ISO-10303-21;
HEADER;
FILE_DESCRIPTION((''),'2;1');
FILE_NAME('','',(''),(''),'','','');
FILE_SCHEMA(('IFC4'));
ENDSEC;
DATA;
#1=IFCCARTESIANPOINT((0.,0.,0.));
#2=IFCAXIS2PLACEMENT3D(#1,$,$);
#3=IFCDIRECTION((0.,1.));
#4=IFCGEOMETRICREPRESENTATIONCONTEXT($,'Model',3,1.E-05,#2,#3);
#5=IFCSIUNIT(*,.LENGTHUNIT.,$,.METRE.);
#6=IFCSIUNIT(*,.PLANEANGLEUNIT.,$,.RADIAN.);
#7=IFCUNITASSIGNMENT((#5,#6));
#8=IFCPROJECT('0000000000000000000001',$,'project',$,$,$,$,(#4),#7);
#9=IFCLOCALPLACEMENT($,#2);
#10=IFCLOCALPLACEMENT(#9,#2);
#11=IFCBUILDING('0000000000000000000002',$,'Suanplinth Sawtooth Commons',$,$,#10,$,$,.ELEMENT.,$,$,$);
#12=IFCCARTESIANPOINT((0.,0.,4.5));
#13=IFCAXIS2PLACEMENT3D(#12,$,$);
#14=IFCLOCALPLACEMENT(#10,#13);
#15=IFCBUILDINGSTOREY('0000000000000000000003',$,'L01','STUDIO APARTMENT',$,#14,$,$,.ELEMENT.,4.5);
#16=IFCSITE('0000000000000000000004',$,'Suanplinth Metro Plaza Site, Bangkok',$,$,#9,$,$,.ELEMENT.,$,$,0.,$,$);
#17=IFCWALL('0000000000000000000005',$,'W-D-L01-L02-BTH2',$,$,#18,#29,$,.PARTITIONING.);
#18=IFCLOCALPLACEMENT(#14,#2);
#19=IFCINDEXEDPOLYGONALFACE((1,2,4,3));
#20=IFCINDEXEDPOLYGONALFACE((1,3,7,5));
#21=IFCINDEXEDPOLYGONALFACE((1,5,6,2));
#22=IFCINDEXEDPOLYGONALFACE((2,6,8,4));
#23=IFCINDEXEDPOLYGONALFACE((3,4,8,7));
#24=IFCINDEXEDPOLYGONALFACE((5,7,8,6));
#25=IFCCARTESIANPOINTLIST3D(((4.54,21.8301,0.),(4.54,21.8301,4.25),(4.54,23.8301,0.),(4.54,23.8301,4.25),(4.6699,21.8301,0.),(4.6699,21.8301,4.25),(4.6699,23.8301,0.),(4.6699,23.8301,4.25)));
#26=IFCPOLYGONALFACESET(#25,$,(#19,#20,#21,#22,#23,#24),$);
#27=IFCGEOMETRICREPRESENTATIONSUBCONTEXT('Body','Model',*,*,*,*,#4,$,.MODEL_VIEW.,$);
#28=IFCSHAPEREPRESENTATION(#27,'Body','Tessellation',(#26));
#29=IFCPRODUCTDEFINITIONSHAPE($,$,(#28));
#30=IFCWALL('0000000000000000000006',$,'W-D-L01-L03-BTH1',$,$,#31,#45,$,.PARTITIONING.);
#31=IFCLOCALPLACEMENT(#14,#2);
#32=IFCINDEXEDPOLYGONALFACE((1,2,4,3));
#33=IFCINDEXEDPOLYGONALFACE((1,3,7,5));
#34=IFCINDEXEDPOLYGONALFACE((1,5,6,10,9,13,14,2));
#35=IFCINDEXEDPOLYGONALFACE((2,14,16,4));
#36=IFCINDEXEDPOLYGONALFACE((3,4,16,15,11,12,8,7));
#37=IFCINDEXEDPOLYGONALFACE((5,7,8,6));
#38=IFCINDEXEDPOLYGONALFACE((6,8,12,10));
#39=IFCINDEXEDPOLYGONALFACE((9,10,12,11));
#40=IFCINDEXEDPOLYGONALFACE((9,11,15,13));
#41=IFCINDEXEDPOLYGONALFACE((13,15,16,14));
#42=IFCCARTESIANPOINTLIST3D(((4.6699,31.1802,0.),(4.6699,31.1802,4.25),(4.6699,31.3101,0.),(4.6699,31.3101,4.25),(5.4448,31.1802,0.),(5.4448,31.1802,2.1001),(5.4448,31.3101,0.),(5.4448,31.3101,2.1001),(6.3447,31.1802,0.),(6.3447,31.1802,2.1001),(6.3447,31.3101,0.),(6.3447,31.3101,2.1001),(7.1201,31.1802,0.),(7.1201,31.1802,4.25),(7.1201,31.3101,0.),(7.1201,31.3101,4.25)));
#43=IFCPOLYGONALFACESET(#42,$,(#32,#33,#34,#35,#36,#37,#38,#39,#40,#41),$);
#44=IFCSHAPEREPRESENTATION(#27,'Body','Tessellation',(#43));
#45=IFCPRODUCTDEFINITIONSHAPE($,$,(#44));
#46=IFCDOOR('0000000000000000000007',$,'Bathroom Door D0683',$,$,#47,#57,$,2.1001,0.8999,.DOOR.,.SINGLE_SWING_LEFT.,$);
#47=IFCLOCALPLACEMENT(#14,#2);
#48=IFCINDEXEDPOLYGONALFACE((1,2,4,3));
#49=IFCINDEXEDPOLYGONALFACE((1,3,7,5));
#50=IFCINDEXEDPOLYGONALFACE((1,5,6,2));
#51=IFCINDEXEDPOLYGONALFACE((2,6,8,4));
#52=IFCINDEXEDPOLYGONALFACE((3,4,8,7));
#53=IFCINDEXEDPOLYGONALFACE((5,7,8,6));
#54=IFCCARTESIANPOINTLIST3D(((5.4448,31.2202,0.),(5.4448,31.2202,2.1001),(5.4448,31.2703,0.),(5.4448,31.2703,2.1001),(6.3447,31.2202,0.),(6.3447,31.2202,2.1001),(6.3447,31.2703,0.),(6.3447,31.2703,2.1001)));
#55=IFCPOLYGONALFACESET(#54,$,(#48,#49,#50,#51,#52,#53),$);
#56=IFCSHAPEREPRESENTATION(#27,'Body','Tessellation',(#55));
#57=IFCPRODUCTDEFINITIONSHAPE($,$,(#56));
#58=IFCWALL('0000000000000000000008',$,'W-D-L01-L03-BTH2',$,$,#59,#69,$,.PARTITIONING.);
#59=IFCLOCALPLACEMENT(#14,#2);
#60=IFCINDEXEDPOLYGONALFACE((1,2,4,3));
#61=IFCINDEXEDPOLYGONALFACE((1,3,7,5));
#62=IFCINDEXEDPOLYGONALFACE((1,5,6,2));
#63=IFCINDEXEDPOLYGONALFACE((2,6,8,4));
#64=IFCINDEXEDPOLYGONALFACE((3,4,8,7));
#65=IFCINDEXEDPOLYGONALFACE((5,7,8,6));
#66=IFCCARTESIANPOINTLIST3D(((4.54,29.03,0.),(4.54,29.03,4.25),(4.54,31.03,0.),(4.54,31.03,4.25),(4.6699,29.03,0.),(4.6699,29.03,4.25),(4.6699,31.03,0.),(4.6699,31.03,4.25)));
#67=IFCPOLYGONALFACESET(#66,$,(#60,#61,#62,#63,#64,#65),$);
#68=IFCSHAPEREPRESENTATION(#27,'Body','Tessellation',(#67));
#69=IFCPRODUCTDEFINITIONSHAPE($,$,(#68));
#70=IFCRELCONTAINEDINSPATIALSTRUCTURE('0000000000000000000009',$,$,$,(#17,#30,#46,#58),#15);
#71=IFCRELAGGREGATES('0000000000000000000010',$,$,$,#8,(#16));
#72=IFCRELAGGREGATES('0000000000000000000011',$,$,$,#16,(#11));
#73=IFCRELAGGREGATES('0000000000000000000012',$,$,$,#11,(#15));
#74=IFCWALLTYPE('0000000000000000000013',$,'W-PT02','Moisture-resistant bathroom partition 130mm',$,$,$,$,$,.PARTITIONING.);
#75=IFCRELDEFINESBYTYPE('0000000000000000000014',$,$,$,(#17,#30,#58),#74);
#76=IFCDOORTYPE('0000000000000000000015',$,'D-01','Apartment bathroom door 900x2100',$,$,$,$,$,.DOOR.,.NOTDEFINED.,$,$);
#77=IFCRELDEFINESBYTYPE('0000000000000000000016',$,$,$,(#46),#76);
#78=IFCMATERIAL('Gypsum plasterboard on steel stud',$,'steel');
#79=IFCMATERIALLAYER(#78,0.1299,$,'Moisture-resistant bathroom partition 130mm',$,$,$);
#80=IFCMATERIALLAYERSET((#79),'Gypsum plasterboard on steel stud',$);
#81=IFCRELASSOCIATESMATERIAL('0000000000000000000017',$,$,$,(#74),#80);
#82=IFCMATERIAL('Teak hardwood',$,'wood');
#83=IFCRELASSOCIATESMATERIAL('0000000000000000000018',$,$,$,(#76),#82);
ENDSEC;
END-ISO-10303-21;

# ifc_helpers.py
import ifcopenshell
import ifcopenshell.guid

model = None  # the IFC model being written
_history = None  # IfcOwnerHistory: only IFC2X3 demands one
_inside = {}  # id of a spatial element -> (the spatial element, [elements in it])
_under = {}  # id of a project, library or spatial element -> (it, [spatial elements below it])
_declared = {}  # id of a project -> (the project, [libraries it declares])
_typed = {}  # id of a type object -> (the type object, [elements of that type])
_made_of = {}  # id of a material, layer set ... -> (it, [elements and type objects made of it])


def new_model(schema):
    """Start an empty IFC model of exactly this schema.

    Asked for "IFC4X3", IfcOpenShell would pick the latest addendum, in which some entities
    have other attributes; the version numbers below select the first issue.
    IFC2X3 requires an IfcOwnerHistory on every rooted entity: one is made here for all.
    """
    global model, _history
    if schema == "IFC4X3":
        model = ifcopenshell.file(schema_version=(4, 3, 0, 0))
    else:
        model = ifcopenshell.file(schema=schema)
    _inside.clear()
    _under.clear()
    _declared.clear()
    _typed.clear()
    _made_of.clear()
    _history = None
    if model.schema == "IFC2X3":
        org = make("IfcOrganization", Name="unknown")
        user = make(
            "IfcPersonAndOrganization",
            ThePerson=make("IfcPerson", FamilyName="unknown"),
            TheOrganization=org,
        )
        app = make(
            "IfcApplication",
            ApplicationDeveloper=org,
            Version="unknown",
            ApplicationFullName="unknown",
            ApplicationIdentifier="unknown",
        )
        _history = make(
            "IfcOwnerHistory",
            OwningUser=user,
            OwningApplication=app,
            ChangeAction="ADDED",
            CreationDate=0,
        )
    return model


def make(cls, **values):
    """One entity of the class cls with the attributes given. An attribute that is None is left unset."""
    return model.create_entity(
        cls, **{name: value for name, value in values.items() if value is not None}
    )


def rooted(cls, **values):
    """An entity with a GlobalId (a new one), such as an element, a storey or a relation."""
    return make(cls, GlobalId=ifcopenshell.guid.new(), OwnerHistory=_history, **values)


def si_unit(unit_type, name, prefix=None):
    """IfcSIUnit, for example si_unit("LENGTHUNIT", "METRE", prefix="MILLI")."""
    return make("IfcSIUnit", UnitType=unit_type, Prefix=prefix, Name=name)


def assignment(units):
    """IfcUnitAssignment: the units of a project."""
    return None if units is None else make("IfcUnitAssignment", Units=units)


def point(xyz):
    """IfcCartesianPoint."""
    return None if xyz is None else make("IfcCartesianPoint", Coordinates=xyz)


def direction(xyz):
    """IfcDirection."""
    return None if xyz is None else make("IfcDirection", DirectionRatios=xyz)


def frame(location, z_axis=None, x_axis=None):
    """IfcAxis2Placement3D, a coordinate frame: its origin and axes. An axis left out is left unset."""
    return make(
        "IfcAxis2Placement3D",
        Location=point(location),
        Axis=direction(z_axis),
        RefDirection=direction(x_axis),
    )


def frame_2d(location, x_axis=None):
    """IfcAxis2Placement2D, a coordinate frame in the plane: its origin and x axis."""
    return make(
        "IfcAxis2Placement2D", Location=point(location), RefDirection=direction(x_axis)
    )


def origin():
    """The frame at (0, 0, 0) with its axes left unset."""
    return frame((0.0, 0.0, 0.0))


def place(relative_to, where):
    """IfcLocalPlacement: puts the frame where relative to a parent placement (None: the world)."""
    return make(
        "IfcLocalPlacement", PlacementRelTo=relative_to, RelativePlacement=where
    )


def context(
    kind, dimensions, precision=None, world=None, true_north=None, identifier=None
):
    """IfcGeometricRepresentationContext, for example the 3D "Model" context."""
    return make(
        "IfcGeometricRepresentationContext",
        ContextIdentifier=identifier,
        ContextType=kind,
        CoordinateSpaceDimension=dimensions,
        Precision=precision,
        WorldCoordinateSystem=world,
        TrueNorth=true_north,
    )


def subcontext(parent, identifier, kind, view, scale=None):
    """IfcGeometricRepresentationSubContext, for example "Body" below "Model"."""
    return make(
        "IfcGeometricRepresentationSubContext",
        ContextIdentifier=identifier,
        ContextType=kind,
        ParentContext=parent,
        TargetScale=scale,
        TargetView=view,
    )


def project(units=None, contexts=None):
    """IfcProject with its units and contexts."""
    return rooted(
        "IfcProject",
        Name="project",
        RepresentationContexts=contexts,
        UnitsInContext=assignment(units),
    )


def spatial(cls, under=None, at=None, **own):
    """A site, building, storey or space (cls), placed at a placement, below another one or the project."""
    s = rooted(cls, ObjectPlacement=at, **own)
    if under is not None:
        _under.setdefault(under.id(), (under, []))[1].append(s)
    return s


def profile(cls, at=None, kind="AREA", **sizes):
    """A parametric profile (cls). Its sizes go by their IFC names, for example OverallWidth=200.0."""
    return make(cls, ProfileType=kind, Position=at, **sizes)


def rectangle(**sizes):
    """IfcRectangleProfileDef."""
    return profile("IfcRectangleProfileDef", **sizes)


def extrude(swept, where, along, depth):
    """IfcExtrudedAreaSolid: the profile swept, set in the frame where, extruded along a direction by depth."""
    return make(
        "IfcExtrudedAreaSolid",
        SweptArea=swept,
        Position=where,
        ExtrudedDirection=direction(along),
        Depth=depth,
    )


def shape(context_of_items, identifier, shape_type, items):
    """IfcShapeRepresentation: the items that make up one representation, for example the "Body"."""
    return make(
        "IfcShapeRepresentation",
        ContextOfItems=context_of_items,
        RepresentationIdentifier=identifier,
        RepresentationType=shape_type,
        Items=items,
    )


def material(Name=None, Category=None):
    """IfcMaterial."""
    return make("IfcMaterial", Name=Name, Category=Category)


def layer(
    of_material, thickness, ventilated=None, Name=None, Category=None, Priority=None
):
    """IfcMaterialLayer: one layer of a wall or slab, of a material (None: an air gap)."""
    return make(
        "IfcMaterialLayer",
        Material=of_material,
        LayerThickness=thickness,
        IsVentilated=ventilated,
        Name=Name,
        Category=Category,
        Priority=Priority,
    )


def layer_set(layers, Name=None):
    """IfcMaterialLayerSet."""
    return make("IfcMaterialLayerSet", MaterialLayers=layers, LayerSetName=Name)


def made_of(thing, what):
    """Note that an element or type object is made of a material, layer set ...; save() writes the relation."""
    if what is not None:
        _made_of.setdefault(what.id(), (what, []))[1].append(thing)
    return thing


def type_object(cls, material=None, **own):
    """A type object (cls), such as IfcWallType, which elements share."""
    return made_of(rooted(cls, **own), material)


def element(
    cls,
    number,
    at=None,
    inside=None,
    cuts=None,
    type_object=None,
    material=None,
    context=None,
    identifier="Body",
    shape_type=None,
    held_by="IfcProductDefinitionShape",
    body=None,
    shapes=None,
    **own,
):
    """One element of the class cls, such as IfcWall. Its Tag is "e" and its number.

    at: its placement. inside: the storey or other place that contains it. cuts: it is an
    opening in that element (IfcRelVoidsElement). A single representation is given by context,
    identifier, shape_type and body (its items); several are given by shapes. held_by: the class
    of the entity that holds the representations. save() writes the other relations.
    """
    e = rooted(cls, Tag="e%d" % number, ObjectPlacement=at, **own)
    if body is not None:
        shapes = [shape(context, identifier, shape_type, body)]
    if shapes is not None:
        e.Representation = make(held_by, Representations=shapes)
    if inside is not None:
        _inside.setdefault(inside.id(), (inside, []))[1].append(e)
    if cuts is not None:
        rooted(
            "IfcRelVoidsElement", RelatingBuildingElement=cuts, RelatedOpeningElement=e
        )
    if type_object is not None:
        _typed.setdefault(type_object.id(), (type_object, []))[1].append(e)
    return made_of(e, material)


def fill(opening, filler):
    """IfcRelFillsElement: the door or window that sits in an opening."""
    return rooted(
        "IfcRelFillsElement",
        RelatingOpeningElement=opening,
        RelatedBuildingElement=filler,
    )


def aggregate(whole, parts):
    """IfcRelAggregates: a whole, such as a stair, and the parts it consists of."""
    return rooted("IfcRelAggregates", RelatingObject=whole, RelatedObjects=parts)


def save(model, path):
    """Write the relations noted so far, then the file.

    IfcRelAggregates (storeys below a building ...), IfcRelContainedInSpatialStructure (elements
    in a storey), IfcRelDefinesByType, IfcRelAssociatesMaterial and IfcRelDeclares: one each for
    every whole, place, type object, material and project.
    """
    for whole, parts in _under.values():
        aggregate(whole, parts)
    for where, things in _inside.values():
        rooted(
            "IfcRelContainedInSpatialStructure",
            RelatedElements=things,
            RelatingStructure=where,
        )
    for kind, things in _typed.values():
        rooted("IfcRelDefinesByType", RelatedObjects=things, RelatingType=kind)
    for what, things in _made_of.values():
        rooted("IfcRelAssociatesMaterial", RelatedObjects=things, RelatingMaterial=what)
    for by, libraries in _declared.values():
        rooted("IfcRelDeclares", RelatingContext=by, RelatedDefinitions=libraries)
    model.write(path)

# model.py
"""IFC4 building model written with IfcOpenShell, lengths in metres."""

from ifc_helpers import new_model, si_unit, direction, frame, frame_2d, origin, place, context, subcontext, project, spatial, rectangle, extrude, material, layer, layer_set, type_object, element, fill, save


model = new_model("IFC4")

# Units and contexts
model_context = context("Model", 3, precision=1e-05, world=origin(), true_north=direction((0.0, 1.0)))
body_context = subcontext(model_context, "Body", "Model", "MODEL_VIEW")
ifc_project = project(units=[si_unit("LENGTHUNIT", "METRE"), si_unit("PLANEANGLEUNIT", "RADIAN")], contexts=[model_context])

# Site, building, storey
site_placement = place(None, origin())
site = spatial("IfcSite", under=ifc_project, at=site_placement, Name="Suanplinth Metro Plaza Site, Bangkok", CompositionType="ELEMENT", RefElevation=0.0)
building_placement = place(site_placement, origin())
building = spatial("IfcBuilding", under=site, at=building_placement, Name="Suanplinth Sawtooth Commons", CompositionType="ELEMENT")
storey_placement = place(building_placement, frame((0.0, 0.0, 4.5)))
storey = spatial("IfcBuildingStorey", under=building, at=storey_placement, Name="L01", Description="STUDIO APARTMENT", CompositionType="ELEMENT", Elevation=4.5)

# Shared definitions
ifc_material_1 = material(Name="Gypsum plasterboard on steel stud", Category="steel")
ifc_layer_1 = layer(ifc_material_1, 0.1299, Name="Moisture-resistant bathroom partition 130mm")
ifc_layer_set_1 = layer_set([ifc_layer_1], Name="Gypsum plasterboard on steel stud")
wall_type_1 = type_object("IfcWallType", Name="W-PT02", Description="Moisture-resistant bathroom partition 130mm", PredefinedType="PARTITIONING", material=ifc_layer_set_1)
ifc_material_2 = material(Name="Teak hardwood", Category="wood")
door_type_1 = type_object("IfcDoorType", Name="D-01", Description="Apartment bathroom door 900x2100", OperationType="NOTDEFINED", PredefinedType="DOOR", material=ifc_material_2)

# Wall
wall_1_placement = place(storey_placement, frame((4.605, 21.8301, 0.0), z_axis=(0.0, 0.0, 1.0), x_axis=(0.0, 1.0, 0.0)))
element("IfcWall", 1, at=wall_1_placement, inside=storey, type_object=wall_type_1, Name="W-D-L01-L02-BTH2", PredefinedType="PARTITIONING", context=body_context, shape_type="SweptSolid", body=[
    extrude(rectangle(XDim=2.0, YDim=0.1299, at=frame_2d((1.0, 0.0))), origin(), (0.0, 0.0, 1.0), 4.25),
])

# Wall, opening, door
wall_2_placement = place(storey_placement, frame((4.6699, 31.2451, 0.0), z_axis=(0.0, 0.0, 1.0), x_axis=(1.0, 0.0, 0.0)))
wall_2 = element("IfcWall", 2, at=wall_2_placement, inside=storey, type_object=wall_type_1, Name="W-D-L01-L03-BTH1", PredefinedType="PARTITIONING", context=body_context, shape_type="SweptSolid", body=[
    extrude(rectangle(XDim=2.4502, YDim=0.1299, at=frame_2d((1.2251, 0.0))), origin(), (0.0, 0.0, 1.0), 4.25),
])
opening_1_placement = place(wall_2_placement, frame((0.7749, 0.0, 0.0)))
opening_1 = element("IfcOpeningElement", 3, at=opening_1_placement, cuts=wall_2, PredefinedType="OPENING", context=body_context, shape_type="SweptSolid", body=[
    extrude(rectangle(XDim=0.8999, YDim=2.1001, at=frame_2d((0.45, 1.05))), frame((0.0, 0.0798, 0.0), z_axis=(0.0, -1.0, 0.0), x_axis=(1.0, 0.0, 0.0)), (0.0, 0.0, 1.0), 0.1597),
])
door_1_placement = place(opening_1_placement, frame((0.8999, 0.0, 0.0), z_axis=(0.0, 0.0, 1.0), x_axis=(-1.0, 0.0, 0.0)))
door_1 = element("IfcDoor", 4, at=door_1_placement, inside=storey, type_object=door_type_1, Name="Bathroom Door D0683", OperationType="SINGLE_SWING_LEFT", OverallHeight=2.1001, OverallWidth=0.8999, PredefinedType="DOOR", context=body_context, shape_type="SweptSolid", body=[
    extrude(rectangle(XDim=0.8999, YDim=2.1001, at=frame_2d((0.45, 1.05))), frame((0.0, 0.0249, 0.0), z_axis=(0.0, -1.0, 0.0), x_axis=(1.0, 0.0, 0.0)), (0.0, 0.0, 1.0), 0.05),
])
fill(opening_1, door_1)

# Wall
wall_3_placement = place(storey_placement, frame((4.605, 29.03, 0.0), z_axis=(0.0, 0.0, 1.0), x_axis=(0.0, 1.0, 0.0)))
element("IfcWall", 5, at=wall_3_placement, inside=storey, type_object=wall_type_1, Name="W-D-L01-L03-BTH2", PredefinedType="PARTITIONING", context=body_context, shape_type="SweptSolid", body=[
    extrude(rectangle(XDim=2.0, YDim=0.1299, at=frame_2d((1.0, 0.0))), origin(), (0.0, 0.0, 1.0), 4.25),
])

save(model, "model.ifc")
